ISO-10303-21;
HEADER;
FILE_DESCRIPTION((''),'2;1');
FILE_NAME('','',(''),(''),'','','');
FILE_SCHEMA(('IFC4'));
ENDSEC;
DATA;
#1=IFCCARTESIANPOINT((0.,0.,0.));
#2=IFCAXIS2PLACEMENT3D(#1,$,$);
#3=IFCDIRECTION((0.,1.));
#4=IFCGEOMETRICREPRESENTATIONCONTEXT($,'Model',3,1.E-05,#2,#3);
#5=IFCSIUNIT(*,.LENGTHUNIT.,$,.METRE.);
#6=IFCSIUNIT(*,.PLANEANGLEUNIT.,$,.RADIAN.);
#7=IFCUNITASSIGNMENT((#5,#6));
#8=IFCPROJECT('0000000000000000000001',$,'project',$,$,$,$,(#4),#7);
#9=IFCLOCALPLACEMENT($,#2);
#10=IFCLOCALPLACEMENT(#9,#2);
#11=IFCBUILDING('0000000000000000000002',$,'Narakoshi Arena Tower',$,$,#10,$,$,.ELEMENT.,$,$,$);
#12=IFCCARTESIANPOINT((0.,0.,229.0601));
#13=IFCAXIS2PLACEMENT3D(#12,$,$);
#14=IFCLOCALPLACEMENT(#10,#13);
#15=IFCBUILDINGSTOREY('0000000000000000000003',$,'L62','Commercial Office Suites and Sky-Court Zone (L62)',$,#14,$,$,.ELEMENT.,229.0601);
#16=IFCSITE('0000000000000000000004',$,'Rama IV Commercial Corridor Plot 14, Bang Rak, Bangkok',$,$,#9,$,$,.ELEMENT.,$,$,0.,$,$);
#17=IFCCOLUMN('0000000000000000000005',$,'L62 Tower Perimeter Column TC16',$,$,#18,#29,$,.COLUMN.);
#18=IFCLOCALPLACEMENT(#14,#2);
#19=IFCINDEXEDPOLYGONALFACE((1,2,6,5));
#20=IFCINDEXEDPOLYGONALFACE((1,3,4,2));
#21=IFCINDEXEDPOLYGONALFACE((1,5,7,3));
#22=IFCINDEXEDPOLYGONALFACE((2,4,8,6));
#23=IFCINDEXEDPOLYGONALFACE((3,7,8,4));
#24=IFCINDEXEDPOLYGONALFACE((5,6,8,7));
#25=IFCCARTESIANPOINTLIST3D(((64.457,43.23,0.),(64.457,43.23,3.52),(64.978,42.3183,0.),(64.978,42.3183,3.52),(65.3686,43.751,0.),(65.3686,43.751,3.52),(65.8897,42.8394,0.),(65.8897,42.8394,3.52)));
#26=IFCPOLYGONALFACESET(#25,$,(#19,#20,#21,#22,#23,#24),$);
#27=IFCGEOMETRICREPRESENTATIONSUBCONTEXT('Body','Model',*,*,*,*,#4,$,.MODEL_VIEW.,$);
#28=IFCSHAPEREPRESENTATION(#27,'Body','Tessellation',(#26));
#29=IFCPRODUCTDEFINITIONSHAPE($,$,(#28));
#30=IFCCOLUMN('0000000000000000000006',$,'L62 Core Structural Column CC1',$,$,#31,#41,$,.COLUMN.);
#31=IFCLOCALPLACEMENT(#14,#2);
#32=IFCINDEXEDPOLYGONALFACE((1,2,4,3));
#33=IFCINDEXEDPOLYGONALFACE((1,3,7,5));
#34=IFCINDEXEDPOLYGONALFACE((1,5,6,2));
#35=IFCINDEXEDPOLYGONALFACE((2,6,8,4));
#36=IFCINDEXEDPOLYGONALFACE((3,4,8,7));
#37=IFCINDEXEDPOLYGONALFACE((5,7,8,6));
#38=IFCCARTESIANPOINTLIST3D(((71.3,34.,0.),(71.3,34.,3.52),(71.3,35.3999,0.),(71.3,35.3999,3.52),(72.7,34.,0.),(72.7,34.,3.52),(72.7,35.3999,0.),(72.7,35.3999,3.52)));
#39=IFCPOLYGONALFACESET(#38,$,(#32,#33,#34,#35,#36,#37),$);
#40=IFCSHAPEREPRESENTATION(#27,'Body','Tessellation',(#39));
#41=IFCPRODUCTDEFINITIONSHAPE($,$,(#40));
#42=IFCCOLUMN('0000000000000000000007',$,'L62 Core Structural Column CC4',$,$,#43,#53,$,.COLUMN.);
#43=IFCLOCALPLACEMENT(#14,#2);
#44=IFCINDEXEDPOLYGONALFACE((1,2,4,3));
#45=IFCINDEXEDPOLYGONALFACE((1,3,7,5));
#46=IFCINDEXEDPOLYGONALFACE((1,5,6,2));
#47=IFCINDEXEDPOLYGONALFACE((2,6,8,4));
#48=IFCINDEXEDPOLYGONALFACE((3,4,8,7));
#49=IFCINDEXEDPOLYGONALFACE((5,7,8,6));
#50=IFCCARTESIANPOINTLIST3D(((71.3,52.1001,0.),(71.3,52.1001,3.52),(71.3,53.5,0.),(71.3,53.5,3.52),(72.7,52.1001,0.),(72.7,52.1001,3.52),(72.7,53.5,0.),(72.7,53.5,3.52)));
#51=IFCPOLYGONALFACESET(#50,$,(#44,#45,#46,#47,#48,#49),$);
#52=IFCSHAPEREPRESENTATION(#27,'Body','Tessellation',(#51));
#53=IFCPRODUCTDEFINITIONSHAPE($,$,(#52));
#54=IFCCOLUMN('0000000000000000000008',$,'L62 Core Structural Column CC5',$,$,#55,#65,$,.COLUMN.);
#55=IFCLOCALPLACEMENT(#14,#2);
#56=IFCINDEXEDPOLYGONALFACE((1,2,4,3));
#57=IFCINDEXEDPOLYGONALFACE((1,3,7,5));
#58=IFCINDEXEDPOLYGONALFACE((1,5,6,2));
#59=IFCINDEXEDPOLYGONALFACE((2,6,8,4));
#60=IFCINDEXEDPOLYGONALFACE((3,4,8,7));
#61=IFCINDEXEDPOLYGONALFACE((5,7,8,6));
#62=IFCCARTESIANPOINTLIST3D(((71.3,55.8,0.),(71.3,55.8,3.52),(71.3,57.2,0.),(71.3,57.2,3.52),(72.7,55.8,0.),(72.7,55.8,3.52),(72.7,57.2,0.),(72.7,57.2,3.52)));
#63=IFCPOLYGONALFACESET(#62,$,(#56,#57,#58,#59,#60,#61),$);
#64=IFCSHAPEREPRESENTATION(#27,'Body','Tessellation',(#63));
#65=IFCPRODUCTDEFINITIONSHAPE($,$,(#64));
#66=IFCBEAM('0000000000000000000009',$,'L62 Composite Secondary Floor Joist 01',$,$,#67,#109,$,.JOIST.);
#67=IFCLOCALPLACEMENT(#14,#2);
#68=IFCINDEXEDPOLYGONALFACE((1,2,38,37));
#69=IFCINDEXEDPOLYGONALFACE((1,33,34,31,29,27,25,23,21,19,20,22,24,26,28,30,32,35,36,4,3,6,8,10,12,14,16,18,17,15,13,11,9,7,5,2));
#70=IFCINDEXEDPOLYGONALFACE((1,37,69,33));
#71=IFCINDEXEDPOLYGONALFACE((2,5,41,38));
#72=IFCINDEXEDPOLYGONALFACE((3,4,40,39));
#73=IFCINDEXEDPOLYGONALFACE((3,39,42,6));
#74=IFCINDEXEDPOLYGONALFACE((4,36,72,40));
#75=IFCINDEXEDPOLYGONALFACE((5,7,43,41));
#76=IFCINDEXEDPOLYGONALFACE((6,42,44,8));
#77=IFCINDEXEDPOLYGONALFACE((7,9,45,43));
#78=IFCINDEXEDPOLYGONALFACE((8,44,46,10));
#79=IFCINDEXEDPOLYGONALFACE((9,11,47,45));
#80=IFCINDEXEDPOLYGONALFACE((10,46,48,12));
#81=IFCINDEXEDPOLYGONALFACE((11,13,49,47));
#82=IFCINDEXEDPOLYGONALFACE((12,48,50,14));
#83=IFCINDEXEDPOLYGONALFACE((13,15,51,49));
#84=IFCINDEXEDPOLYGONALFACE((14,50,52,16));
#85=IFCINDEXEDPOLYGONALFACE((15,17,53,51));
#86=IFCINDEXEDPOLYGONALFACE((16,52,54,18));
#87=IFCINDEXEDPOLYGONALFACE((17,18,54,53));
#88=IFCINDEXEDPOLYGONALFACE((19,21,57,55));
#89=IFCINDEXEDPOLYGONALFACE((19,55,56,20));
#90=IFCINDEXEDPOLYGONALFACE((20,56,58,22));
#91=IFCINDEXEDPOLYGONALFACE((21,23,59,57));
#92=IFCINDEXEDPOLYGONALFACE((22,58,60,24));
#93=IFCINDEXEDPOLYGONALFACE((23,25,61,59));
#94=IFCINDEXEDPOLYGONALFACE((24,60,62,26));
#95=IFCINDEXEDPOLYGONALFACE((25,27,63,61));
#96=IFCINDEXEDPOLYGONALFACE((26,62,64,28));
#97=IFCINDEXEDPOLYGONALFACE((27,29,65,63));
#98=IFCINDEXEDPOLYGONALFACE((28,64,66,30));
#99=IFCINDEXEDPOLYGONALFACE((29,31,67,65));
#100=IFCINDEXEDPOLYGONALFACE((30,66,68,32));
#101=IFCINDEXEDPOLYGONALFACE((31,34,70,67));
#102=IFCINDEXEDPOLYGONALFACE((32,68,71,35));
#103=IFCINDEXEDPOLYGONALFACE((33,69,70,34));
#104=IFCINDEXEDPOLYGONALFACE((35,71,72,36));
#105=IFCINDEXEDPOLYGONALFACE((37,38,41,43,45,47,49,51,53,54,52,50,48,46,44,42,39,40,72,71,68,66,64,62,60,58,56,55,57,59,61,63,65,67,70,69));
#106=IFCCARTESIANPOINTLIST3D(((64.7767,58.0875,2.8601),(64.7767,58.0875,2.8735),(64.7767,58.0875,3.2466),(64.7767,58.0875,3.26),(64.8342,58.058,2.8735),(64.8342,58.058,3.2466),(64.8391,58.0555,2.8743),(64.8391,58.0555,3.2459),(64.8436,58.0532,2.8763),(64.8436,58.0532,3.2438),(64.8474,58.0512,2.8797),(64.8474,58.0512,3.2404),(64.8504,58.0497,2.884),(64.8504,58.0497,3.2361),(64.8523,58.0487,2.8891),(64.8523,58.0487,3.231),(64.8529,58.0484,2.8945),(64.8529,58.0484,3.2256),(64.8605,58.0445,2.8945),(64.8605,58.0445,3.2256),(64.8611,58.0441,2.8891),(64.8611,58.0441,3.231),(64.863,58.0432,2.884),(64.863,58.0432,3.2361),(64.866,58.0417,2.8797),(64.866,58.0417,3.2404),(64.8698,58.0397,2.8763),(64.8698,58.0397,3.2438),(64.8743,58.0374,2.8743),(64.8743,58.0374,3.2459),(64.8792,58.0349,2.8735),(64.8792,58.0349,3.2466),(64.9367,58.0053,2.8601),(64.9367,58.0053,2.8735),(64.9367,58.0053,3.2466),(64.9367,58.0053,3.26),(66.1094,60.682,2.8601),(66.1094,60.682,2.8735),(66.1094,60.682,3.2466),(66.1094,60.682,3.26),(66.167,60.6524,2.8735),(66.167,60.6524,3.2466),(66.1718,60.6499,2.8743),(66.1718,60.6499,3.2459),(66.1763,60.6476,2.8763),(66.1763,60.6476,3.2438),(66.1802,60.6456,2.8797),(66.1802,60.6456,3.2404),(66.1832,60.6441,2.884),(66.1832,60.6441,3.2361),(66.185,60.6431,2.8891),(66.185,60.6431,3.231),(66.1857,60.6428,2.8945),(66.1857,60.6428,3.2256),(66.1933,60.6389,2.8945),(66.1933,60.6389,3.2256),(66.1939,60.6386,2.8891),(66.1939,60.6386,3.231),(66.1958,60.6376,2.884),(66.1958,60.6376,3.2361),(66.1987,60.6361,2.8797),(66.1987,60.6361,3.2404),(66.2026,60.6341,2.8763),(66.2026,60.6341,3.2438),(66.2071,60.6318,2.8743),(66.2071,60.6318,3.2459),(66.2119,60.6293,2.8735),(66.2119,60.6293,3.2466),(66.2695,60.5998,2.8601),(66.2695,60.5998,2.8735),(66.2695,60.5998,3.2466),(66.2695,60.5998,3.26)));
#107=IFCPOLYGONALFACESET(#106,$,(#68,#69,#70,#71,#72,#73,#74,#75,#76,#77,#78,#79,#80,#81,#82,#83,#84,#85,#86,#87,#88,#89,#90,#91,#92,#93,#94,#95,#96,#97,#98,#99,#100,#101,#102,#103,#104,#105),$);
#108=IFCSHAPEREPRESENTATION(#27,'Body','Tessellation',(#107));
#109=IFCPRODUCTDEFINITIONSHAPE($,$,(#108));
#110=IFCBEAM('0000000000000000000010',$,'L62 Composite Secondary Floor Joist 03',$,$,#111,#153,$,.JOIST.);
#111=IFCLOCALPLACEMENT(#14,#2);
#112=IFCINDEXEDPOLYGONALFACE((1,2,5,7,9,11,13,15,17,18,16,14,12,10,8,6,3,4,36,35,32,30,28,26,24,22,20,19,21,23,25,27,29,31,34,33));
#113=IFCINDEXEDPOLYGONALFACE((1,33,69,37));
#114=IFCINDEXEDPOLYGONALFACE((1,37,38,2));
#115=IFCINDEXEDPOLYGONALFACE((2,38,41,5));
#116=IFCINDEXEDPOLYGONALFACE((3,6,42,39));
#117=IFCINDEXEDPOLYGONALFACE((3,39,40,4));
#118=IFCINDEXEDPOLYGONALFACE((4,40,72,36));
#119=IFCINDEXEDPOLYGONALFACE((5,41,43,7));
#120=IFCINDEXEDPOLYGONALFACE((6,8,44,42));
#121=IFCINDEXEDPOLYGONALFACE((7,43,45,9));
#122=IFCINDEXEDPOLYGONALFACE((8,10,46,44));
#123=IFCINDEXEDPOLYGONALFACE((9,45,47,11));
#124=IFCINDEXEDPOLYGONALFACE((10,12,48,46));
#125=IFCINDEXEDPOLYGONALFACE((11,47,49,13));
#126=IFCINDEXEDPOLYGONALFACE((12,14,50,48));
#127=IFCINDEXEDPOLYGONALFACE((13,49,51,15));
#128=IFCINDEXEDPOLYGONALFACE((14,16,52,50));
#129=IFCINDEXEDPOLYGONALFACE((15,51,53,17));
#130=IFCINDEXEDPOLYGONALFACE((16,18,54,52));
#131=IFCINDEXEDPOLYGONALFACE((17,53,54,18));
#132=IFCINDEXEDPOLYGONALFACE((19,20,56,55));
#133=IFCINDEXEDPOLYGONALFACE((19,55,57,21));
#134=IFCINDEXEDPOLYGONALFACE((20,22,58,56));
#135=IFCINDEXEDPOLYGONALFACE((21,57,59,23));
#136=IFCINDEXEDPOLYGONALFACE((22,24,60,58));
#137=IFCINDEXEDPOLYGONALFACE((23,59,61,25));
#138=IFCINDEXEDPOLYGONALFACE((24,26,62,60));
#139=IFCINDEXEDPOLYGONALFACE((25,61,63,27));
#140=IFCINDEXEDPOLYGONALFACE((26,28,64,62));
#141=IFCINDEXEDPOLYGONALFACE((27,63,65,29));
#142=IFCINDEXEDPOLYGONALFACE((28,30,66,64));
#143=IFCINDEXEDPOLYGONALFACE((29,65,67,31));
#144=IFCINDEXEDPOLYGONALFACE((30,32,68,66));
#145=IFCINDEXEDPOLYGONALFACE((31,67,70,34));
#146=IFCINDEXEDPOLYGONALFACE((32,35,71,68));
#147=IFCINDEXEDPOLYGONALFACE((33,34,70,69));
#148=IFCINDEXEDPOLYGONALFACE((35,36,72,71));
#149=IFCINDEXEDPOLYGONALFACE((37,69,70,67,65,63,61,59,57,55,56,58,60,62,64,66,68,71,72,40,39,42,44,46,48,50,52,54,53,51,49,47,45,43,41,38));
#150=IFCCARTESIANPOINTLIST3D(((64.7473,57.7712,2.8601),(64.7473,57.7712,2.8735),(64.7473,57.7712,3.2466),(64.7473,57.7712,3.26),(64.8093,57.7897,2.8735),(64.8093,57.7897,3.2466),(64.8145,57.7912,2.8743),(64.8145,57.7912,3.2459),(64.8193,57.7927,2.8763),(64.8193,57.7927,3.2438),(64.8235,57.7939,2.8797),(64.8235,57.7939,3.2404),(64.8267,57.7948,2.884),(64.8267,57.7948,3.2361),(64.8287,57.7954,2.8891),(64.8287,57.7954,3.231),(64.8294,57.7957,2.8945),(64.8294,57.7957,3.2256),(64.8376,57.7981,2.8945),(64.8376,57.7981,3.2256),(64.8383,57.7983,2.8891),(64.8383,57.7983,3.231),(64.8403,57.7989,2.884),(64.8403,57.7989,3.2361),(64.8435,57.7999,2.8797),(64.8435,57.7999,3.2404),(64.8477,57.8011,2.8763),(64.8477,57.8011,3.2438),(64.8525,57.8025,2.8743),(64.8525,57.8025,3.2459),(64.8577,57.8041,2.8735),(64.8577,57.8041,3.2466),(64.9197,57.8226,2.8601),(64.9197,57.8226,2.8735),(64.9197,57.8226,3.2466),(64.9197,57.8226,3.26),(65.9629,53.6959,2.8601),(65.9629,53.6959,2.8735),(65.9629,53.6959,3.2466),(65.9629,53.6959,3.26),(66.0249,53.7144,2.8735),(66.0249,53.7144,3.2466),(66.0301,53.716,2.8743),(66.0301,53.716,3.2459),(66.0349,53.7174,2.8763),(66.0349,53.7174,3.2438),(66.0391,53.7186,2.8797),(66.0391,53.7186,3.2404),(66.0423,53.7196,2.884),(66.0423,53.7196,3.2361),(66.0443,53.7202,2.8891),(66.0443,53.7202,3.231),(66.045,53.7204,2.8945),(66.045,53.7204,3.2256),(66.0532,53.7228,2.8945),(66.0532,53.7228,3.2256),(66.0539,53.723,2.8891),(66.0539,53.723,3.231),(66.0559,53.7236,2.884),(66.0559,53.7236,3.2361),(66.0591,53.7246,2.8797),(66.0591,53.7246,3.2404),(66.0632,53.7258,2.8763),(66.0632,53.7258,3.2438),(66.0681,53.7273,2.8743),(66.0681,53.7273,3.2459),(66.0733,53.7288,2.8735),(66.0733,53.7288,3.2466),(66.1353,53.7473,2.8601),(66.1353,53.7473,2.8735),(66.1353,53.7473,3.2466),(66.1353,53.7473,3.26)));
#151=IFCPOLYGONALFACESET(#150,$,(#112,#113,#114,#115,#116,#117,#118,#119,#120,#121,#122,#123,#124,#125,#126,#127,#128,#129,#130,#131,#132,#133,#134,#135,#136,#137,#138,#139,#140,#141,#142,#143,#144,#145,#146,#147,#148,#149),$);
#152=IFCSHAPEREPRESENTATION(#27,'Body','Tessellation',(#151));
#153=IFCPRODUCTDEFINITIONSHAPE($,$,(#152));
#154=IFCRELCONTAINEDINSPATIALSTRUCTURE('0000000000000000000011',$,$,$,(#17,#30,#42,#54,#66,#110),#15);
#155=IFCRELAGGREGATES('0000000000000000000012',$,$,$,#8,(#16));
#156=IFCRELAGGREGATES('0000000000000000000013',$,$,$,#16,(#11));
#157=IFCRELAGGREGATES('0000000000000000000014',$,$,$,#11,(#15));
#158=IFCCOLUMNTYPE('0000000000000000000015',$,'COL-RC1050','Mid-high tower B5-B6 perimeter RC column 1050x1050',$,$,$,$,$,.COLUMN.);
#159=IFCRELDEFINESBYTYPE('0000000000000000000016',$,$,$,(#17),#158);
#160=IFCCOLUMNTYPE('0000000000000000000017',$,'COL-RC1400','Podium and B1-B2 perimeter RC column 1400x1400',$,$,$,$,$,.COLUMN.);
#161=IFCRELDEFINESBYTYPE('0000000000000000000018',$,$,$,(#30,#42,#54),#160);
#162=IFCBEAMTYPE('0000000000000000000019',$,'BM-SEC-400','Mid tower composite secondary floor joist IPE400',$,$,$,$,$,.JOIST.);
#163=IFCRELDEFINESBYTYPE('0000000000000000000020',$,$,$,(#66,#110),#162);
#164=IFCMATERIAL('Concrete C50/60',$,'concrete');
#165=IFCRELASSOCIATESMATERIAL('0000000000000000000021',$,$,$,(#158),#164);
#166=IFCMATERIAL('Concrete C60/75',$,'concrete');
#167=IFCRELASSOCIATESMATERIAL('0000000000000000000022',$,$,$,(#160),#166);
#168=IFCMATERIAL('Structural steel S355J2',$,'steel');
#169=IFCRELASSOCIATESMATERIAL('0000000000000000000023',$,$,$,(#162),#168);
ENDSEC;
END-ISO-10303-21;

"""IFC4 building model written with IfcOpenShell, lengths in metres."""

from ifc_helpers import new_model, si_unit, direction, frame, origin, origin_2d, place, context, subcontext, project, spatial, rectangle, i_section, extrude, material, material_profile, profile_set, type_object, element, save


model = new_model("IFC4")

# Units and contexts
model_context = context("Model", 3, precision=1e-05, world=origin(), true_north=direction((0.0, 1.0)))
body_context = subcontext(model_context, "Body", "Model", "MODEL_VIEW")
ifc_project = project(units=[si_unit("LENGTHUNIT", "METRE"), si_unit("PLANEANGLEUNIT", "RADIAN")], contexts=[model_context])

# Site, building, storey
site_placement = place(None, origin())
site = spatial("IfcSite", under=ifc_project, at=site_placement, Name="Rama IV Commercial Corridor Plot 14, Bang Rak, Bangkok", CompositionType="ELEMENT", RefElevation=0.0)
building_placement = place(site_placement, origin())
building = spatial("IfcBuilding", under=site, at=building_placement, Name="Narakoshi Arena Tower", CompositionType="ELEMENT")
storey_placement = place(building_placement, frame((0.0, 0.0, 229.0601)))
storey = spatial("IfcBuildingStorey", under=building, at=storey_placement, Name="L62", Description="Commercial Office Suites and Sky-Court Zone (L62)", CompositionType="ELEMENT", Elevation=229.0601)

# Columns
ifc_material_1 = material(Name="Concrete C50/60", Category="concrete")
ifc_material_profile_1 = material_profile(ifc_material_1, rectangle(XDim=1.05, YDim=1.05, at=origin_2d()), Name="RC1050x1050")
ifc_profile_set_1 = profile_set([ifc_material_profile_1], Name="Concrete C50/60")
column_type_1 = type_object("IfcColumnType", Name="COL-RC1050", Description="Mid-high tower B5-B6 perimeter RC column 1050x1050", PredefinedType="COLUMN", material=ifc_profile_set_1)
column_placement = place(storey_placement, frame((65.1733, 43.0347, 0.0), z_axis=(0.0, 0.0, 1.0), x_axis=(-0.496217, 0.868199, 0.0)))
element("IfcColumn", 1, at=column_placement, inside=storey, type_object=column_type_1, Name="L62 Tower Perimeter Column TC16", PredefinedType="COLUMN", context=body_context, shape_type="SweptSolid", body=[
    extrude(rectangle(XDim=1.05, YDim=1.05, at=origin_2d()), origin(), (0.0, 0.0, 1.0), 3.52),
])
ifc_material_2 = material(Name="Concrete C60/75", Category="concrete")
ifc_material_profile_2 = material_profile(ifc_material_2, rectangle(XDim=1.3999, YDim=1.3999, at=origin_2d()), Name="RC1400x1400")
ifc_profile_set_2 = profile_set([ifc_material_profile_2], Name="Concrete C60/75")
column_type_2 = type_object("IfcColumnType", Name="COL-RC1400", Description="Podium and B1-B2 perimeter RC column 1400x1400", PredefinedType="COLUMN", material=ifc_profile_set_2)
for number, where, z_axis, x_axis, name in (
    (2, (72.0, 34.7, 0.0), (0.0, 0.0, 1.0), (1.0, 0.0, 0.0), "L62 Core Structural Column CC1"),
    (3, (72.0, 52.8, 0.0), (0.0, 0.0, 1.0), (1.0, 0.0, 0.0), "L62 Core Structural Column CC4"),
    (4, (72.0, 56.5, 0.0), (0.0, 0.0, 1.0), (1.0, 0.0, 0.0), "L62 Core Structural Column CC5"),
):
    element("IfcColumn", number, at=place(storey_placement, frame(where, z_axis=z_axis, x_axis=x_axis)), inside=storey, type_object=column_type_2, Name=name, PredefinedType="COLUMN", context=body_context, shape_type="SweptSolid", body=[
        extrude(rectangle(XDim=1.3999, YDim=1.3999, at=origin_2d()), origin(), (0.0, 0.0, 1.0), 3.52),
    ])

# Beams
ifc_material_3 = material(Name="Structural steel S355J2", Category="steel")
ifc_material_profile_3 = material_profile(ifc_material_3, i_section(OverallWidth=0.1799, OverallDepth=0.3999, WebThickness=0.0085, FlangeThickness=0.0134, FilletRadius=0.021, at=origin_2d()), Name="IPE400")
ifc_profile_set_3 = profile_set([ifc_material_profile_3], Name="Structural steel S355J2")
beam_type_1 = type_object("IfcBeamType", Name="BM-SEC-400", Description="Mid tower composite secondary floor joist IPE400", PredefinedType="JOIST", material=ifc_profile_set_3)
beam_1_placement = place(storey_placement, frame((66.1895, 60.6409, 3.0601), z_axis=(-0.45693, -0.889503, 0.0), x_axis=(0.889503, -0.45693, 0.0)))
element("IfcBeam", 5, at=beam_1_placement, inside=storey, type_object=beam_type_1, Name="L62 Composite Secondary Floor Joist 01", PredefinedType="JOIST", context=body_context, shape_type="SweptSolid", body=[
    extrude(i_section(OverallWidth=0.1799, OverallDepth=0.3999, WebThickness=0.0085, FlangeThickness=0.0134, FilletRadius=0.021, at=origin_2d()), origin(), (0.0, 0.0, 1.0), 2.9167),
])
beam_2_placement = place(storey_placement, frame((64.8335, 57.7969, 3.0601), z_axis=(0.285841, -0.958277, 0.0), x_axis=(0.958277, 0.285841, 0.0)))
element("IfcBeam", 6, at=beam_2_placement, inside=storey, type_object=beam_type_1, Name="L62 Composite Secondary Floor Joist 03", PredefinedType="JOIST", context=body_context, shape_type="SweptSolid", body=[
    extrude(i_section(OverallWidth=0.1799, OverallDepth=0.3999, WebThickness=0.0085, FlangeThickness=0.0134, FilletRadius=0.021, at=origin_2d()), origin(), (0.0, 0.0, 1.0), 4.2527),
])

save(model, "model.ifc")
